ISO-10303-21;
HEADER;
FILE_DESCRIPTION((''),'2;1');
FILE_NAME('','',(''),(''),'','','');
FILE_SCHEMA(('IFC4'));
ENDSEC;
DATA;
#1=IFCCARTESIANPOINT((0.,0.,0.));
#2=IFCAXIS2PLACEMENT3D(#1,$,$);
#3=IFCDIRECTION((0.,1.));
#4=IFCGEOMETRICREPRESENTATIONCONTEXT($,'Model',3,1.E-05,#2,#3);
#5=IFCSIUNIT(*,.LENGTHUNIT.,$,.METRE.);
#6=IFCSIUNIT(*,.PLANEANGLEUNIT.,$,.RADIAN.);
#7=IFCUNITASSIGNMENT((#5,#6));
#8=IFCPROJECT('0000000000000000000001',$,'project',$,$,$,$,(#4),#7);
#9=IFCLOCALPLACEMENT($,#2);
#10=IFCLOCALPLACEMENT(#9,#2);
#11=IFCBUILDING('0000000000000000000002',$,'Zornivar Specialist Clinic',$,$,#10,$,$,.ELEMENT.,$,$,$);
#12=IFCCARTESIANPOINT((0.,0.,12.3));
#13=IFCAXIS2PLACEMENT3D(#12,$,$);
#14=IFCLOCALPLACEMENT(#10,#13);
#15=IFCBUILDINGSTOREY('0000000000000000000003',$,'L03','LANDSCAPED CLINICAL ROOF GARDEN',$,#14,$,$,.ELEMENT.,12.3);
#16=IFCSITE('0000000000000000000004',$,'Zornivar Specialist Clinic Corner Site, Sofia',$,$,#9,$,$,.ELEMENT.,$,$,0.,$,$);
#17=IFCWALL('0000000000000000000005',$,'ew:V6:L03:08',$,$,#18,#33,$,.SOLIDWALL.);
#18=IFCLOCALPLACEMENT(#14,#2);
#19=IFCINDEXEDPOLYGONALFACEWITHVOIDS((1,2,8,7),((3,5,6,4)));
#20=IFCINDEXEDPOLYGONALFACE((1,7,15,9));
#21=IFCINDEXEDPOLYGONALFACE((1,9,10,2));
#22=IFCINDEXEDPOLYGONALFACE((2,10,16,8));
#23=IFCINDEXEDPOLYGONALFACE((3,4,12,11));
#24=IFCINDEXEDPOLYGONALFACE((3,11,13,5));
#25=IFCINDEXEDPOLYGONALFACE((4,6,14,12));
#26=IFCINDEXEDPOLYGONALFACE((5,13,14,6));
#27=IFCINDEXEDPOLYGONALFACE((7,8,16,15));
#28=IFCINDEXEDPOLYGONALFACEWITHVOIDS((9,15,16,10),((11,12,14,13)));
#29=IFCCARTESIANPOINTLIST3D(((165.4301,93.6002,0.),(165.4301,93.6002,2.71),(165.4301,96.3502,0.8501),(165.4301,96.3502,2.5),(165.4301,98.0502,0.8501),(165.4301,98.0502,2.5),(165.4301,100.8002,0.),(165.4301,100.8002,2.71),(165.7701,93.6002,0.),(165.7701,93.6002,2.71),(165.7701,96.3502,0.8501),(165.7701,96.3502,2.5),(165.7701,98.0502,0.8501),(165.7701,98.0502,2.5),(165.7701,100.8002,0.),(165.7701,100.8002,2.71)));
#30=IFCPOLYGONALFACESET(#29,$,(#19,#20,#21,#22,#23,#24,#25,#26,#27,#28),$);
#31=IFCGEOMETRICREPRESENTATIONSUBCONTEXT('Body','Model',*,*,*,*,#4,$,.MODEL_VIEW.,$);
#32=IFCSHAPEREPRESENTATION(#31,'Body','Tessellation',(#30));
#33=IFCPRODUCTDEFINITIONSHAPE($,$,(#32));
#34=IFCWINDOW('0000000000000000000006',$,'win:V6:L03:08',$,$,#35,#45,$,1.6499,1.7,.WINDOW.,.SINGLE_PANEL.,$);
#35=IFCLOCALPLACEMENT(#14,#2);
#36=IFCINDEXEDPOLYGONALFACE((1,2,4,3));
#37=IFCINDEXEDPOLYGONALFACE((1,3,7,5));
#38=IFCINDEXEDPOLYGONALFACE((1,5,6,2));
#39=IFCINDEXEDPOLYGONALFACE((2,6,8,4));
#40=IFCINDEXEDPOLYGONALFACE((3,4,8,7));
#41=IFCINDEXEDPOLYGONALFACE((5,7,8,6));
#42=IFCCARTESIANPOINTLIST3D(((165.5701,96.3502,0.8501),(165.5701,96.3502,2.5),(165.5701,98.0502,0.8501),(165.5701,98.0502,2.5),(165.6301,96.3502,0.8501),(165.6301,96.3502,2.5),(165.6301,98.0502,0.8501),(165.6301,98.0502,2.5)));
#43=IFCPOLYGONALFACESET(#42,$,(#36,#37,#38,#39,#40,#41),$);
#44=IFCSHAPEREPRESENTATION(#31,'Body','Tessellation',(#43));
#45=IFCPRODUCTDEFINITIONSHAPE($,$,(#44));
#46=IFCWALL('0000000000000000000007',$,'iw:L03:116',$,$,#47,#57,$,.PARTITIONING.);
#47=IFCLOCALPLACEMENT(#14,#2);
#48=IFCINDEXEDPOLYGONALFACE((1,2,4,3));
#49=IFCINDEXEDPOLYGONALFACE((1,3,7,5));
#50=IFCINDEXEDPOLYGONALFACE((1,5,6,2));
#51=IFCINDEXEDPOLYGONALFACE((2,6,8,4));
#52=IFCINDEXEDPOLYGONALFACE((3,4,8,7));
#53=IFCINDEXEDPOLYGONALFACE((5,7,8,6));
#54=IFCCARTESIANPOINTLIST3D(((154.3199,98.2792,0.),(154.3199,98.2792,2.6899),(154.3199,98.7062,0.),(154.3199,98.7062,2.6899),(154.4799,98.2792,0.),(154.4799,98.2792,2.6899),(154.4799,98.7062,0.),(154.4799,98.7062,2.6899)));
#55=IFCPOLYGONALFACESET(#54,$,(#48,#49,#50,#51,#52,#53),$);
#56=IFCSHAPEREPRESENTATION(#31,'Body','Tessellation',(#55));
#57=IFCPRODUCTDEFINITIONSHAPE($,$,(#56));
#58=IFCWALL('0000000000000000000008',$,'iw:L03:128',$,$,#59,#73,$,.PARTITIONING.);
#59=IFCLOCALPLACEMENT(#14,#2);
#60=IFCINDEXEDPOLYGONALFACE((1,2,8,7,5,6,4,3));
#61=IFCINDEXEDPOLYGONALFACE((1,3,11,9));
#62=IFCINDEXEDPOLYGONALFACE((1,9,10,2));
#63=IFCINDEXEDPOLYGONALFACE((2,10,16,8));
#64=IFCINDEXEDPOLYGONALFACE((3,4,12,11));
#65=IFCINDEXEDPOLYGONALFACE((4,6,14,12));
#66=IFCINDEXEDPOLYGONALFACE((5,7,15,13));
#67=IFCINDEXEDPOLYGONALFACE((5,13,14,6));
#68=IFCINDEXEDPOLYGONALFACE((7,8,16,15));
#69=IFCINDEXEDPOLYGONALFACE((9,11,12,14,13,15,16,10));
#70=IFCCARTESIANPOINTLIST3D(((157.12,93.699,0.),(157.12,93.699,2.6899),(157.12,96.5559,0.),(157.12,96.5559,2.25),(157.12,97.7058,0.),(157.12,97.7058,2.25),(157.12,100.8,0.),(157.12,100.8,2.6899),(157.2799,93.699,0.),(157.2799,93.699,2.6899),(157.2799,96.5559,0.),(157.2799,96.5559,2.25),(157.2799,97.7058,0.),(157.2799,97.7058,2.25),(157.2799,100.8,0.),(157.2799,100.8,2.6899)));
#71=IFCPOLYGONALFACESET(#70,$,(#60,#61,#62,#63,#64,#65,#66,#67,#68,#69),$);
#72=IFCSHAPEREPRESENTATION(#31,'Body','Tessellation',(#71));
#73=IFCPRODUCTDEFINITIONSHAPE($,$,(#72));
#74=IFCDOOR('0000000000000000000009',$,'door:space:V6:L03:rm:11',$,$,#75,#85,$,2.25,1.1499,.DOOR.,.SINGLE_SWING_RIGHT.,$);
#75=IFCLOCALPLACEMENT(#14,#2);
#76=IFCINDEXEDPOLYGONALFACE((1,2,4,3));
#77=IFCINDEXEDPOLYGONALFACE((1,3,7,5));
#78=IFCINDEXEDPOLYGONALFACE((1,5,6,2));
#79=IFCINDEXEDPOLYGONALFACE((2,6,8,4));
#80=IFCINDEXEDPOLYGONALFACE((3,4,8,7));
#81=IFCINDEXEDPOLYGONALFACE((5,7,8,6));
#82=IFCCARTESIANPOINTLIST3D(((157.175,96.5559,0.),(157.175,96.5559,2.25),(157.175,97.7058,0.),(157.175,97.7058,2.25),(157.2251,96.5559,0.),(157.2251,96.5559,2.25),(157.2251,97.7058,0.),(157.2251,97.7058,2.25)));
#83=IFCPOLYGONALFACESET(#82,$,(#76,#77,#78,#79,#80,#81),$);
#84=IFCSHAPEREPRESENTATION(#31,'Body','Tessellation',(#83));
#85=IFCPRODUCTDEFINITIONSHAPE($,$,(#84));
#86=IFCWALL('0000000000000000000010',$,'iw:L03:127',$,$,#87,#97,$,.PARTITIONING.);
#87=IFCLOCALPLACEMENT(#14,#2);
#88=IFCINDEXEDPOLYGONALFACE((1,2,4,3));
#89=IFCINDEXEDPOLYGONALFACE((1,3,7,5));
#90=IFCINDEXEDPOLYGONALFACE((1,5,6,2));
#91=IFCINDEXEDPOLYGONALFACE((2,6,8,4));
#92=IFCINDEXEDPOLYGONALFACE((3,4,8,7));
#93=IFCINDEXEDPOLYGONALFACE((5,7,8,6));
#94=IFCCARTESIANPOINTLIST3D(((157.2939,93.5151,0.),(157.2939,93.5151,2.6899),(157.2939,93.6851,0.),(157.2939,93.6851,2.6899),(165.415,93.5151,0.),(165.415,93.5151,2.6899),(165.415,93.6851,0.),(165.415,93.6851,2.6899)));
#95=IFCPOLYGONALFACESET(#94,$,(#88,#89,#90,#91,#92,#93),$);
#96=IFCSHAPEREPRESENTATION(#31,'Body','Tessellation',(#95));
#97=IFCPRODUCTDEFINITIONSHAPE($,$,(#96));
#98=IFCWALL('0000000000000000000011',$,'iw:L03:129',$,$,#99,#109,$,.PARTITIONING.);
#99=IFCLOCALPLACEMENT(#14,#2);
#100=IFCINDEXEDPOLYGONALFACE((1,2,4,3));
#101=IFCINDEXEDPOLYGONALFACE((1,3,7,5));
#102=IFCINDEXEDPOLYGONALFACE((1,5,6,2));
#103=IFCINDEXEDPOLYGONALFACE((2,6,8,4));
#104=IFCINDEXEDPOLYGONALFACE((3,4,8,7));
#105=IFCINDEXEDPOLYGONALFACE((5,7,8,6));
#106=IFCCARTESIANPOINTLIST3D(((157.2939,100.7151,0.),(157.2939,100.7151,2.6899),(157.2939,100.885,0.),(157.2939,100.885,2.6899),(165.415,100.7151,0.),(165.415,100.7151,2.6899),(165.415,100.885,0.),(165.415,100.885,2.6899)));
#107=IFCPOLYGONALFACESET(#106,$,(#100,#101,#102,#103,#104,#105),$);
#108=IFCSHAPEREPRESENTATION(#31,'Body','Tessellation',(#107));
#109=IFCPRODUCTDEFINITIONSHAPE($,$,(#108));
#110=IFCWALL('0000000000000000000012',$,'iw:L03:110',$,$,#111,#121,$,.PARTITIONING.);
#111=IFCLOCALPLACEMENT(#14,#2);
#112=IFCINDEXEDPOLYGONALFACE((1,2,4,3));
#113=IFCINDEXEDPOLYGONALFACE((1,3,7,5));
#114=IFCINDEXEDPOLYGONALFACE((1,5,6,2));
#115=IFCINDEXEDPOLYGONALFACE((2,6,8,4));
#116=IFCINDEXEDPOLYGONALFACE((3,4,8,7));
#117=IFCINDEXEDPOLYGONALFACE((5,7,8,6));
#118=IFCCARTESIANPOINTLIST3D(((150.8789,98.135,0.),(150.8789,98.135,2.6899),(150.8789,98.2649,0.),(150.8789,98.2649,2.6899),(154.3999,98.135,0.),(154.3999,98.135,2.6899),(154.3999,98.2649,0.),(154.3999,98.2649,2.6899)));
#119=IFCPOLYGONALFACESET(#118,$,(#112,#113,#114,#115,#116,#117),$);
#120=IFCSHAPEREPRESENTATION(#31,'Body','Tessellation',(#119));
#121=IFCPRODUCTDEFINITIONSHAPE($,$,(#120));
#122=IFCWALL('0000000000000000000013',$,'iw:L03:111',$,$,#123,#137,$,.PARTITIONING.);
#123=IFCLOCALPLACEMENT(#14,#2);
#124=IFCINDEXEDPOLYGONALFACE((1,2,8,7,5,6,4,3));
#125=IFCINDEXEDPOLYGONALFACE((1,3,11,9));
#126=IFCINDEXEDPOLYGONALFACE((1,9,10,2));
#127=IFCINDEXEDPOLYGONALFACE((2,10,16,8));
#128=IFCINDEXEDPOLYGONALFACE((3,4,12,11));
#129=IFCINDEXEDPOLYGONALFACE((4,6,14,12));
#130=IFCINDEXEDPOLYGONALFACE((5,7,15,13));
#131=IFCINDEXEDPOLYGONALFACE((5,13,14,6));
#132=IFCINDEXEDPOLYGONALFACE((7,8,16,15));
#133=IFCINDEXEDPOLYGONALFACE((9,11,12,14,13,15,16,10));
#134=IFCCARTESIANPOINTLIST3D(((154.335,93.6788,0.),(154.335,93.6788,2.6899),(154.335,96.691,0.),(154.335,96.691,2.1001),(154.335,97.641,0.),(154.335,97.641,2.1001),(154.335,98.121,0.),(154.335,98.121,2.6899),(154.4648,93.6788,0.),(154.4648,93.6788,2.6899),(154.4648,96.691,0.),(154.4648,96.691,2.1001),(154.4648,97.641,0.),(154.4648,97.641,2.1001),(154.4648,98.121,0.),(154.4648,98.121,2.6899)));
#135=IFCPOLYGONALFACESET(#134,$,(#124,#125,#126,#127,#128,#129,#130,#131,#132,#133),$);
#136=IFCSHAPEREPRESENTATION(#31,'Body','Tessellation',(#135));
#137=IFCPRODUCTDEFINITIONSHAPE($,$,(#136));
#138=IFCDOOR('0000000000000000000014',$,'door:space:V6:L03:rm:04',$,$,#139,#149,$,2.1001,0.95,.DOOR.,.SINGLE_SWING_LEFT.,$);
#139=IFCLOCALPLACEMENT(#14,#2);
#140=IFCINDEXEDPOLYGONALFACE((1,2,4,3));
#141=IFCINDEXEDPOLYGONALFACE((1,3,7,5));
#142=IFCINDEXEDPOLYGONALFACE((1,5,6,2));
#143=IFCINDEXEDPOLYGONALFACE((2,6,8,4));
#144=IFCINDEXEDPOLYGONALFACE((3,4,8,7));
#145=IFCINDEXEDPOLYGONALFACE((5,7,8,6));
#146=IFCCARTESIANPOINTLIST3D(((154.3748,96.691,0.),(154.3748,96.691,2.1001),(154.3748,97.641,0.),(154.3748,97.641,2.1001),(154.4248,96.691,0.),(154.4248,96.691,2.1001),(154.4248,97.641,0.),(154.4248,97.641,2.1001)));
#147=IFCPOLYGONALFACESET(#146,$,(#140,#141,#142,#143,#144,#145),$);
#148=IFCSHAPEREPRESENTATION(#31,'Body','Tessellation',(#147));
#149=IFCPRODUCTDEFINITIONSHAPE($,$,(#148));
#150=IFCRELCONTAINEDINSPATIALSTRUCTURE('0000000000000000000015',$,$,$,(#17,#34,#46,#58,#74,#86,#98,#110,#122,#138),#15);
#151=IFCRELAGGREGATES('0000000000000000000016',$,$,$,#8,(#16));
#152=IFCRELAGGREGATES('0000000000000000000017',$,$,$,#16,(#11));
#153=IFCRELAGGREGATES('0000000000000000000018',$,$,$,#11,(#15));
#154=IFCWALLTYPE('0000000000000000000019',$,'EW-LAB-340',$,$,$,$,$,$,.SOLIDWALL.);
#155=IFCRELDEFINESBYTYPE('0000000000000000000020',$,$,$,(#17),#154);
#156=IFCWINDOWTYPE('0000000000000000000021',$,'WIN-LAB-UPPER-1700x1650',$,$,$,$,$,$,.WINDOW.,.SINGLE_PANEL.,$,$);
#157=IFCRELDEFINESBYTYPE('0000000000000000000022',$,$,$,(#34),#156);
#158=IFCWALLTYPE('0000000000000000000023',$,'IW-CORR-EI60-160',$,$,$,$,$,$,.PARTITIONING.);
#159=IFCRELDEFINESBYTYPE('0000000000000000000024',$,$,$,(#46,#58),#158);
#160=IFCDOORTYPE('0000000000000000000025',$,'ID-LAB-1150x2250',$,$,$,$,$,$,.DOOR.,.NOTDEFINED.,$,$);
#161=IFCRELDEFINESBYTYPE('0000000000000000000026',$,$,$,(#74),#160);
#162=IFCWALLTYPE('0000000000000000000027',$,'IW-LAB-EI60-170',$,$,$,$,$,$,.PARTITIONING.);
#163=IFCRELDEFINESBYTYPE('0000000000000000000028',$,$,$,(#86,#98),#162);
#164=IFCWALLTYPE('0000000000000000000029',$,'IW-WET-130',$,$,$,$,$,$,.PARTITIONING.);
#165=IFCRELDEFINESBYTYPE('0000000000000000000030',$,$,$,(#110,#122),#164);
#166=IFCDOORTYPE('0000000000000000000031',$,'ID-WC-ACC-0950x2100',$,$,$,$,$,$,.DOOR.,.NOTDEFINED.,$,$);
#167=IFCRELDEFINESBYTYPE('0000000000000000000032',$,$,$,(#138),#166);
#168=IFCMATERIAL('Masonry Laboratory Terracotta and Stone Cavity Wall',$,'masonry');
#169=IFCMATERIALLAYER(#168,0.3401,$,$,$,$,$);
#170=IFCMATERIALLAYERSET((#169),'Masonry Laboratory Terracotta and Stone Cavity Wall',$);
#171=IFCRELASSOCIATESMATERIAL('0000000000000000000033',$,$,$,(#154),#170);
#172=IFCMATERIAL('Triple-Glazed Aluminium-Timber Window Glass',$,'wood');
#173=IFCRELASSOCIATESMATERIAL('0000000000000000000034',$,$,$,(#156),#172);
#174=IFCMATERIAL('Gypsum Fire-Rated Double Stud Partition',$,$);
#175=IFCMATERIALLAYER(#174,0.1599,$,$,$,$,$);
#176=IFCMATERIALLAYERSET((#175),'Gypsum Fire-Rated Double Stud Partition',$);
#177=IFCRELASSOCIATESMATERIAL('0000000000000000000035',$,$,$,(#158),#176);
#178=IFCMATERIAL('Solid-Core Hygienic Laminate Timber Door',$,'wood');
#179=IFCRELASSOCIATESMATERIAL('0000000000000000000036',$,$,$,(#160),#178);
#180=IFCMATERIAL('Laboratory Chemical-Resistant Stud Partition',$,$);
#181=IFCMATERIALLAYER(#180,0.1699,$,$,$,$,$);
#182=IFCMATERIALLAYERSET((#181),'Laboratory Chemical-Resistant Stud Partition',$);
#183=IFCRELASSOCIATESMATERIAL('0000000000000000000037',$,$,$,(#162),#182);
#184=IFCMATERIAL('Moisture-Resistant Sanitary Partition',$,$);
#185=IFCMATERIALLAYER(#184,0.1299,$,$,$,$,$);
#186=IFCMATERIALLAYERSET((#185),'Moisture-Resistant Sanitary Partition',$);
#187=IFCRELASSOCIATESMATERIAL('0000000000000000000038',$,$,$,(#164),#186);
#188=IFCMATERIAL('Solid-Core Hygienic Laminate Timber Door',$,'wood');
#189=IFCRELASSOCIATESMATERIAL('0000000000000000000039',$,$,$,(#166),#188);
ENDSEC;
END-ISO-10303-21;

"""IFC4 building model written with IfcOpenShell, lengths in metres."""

from ifc_helpers import new_model, si_unit, direction, frame, frame_2d, origin, place, context, subcontext, project, spatial, rectangle, extrude, material, layer, layer_set, type_object, element, fill, save


model = new_model("IFC4")

# Units and contexts
model_context = context("Model", 3, precision=1e-05, world=origin(), true_north=direction((0.0, 1.0)))
body_context = subcontext(model_context, "Body", "Model", "MODEL_VIEW")
ifc_project = project(units=[si_unit("LENGTHUNIT", "METRE"), si_unit("PLANEANGLEUNIT", "RADIAN")], contexts=[model_context])

# Site, building, storey
site_placement = place(None, origin())
site = spatial("IfcSite", under=ifc_project, at=site_placement, Name="Zornivar Specialist Clinic Corner Site, Sofia", CompositionType="ELEMENT", RefElevation=0.0)
building_placement = place(site_placement, origin())
building = spatial("IfcBuilding", under=site, at=building_placement, Name="Zornivar Specialist Clinic", CompositionType="ELEMENT")
storey_placement = place(building_placement, frame((0.0, 0.0, 12.3)))
storey = spatial("IfcBuildingStorey", under=building, at=storey_placement, Name="L03", Description="LANDSCAPED CLINICAL ROOF GARDEN", CompositionType="ELEMENT", Elevation=12.3)

# Wall, opening, window
ifc_material_1 = material(Name="Masonry Laboratory Terracotta and Stone Cavity Wall", Category="masonry")
ifc_layer_1 = layer(ifc_material_1, 0.3401)
ifc_layer_set_1 = layer_set([ifc_layer_1], Name="Masonry Laboratory Terracotta and Stone Cavity Wall")
wall_type_1 = type_object("IfcWallType", Name="EW-LAB-340", PredefinedType="SOLIDWALL", material=ifc_layer_set_1)
wall_1_placement = place(storey_placement, frame((165.6001, 93.6001, 0.0), z_axis=(0.0, 0.0, 1.0), x_axis=(0.0, 1.0, 0.0)))
wall_1 = element("IfcWall", 1, at=wall_1_placement, inside=storey, type_object=wall_type_1, Name="ew:V6:L03:08", PredefinedType="SOLIDWALL", context=body_context, shape_type="SweptSolid", body=[
    extrude(rectangle(XDim=7.2, YDim=0.3401, at=frame_2d((3.6001, 0.0))), origin(), (0.0, 0.0, 1.0), 2.71),
])
opening_1_placement = place(wall_1_placement, frame((2.75, 0.0, 0.8501)))
opening_1 = element("IfcOpeningElement", 2, at=opening_1_placement, cuts=wall_1, PredefinedType="OPENING", context=body_context, shape_type="SweptSolid", body=[
    extrude(rectangle(XDim=1.7, YDim=1.6499, at=frame_2d((0.8501, 0.825))), frame((0.0, 0.1799, 0.0), z_axis=(0.0, -1.0, 0.0), x_axis=(1.0, 0.0, 0.0)), (0.0, 0.0, 1.0), 0.3601),
])
ifc_material_2 = material(Name="Triple-Glazed Aluminium-Timber Window Glass", Category="wood")
window_type = type_object("IfcWindowType", Name="WIN-LAB-UPPER-1700x1650", PartitioningType="SINGLE_PANEL", PredefinedType="WINDOW", material=ifc_material_2)
window_placement = place(opening_1_placement, origin())
window = element("IfcWindow", 3, at=window_placement, inside=storey, type_object=window_type, Name="win:V6:L03:08", OverallHeight=1.6499, OverallWidth=1.7, PartitioningType="SINGLE_PANEL", PredefinedType="WINDOW", context=body_context, shape_type="SweptSolid", body=[
    extrude(rectangle(XDim=1.7, YDim=1.6499, at=frame_2d((0.8501, 0.825))), frame((0.0, 0.03, 0.0), z_axis=(0.0, -1.0, 0.0), x_axis=(1.0, 0.0, 0.0)), (0.0, 0.0, 1.0), 0.0601),
])
fill(opening_1, window)

# Wall
ifc_material_3 = material(Name="Gypsum Fire-Rated Double Stud Partition")
ifc_layer_2 = layer(ifc_material_3, 0.1599)
ifc_layer_set_2 = layer_set([ifc_layer_2], Name="Gypsum Fire-Rated Double Stud Partition")
wall_type_2 = type_object("IfcWallType", Name="IW-CORR-EI60-160", PredefinedType="PARTITIONING", material=ifc_layer_set_2)
wall_2_placement = place(storey_placement, frame((154.3999, 98.7061, 0.0), z_axis=(0.0, 0.0, 1.0), x_axis=(0.0, -1.0, 0.0)))
element("IfcWall", 4, at=wall_2_placement, inside=storey, type_object=wall_type_2, Name="iw:L03:116", PredefinedType="PARTITIONING", context=body_context, shape_type="SweptSolid", body=[
    extrude(rectangle(XDim=0.427, YDim=0.1599, at=frame_2d((0.2134, 0.0))), origin(), (0.0, 0.0, 1.0), 2.6899),
])

# Wall, opening, door
wall_3_placement = place(storey_placement, frame((157.2, 93.699, 0.0), z_axis=(0.0, 0.0, 1.0), x_axis=(0.0, 1.0, 0.0)))
wall_3 = element("IfcWall", 5, at=wall_3_placement, inside=storey, type_object=wall_type_2, Name="iw:L03:128", PredefinedType="PARTITIONING", context=body_context, shape_type="SweptSolid", body=[
    extrude(rectangle(XDim=7.1011, YDim=0.1599, at=frame_2d((3.5505, 0.0))), origin(), (0.0, 0.0, 1.0), 2.6899),
])
opening_2_placement = place(wall_3_placement, frame((2.8569, 0.0, 0.0)))
opening_2 = element("IfcOpeningElement", 6, at=opening_2_placement, cuts=wall_3, PredefinedType="OPENING", context=body_context, shape_type="SweptSolid", body=[
    extrude(rectangle(XDim=1.1499, YDim=2.25, at=frame_2d((0.575, 1.125))), frame((0.0, 0.0898, 0.0), z_axis=(0.0, -1.0, 0.0), x_axis=(1.0, 0.0, 0.0)), (0.0, 0.0, 1.0), 0.1799),
])
ifc_material_4 = material(Name="Solid-Core Hygienic Laminate Timber Door", Category="wood")
door_type_1 = type_object("IfcDoorType", Name="ID-LAB-1150x2250", OperationType="NOTDEFINED", PredefinedType="DOOR", material=ifc_material_4)
door_1_placement = place(opening_2_placement, origin())
door_1 = element("IfcDoor", 7, at=door_1_placement, inside=storey, type_object=door_type_1, Name="door:space:V6:L03:rm:11", OperationType="SINGLE_SWING_RIGHT", OverallHeight=2.25, OverallWidth=1.1499, PredefinedType="DOOR", context=body_context, shape_type="SweptSolid", body=[
    extrude(rectangle(XDim=1.1499, YDim=2.25, at=frame_2d((0.575, 1.125))), frame((0.0, 0.0249, 0.0), z_axis=(0.0, -1.0, 0.0), x_axis=(1.0, 0.0, 0.0)), (0.0, 0.0, 1.0), 0.05),
])
fill(opening_2, door_1)

# Walls
ifc_material_5 = material(Name="Laboratory Chemical-Resistant Stud Partition")
ifc_layer_3 = layer(ifc_material_5, 0.1699)
ifc_layer_set_3 = layer_set([ifc_layer_3], Name="Laboratory Chemical-Resistant Stud Partition")
wall_type_3 = type_object("IfcWallType", Name="IW-LAB-EI60-170", PredefinedType="PARTITIONING", material=ifc_layer_set_3)
for number, where, z_axis, x_axis, name in (
    (8, (157.2939, 93.6001, 0.0), (0.0, 0.0, 1.0), (1.0, 0.0, 0.0), "iw:L03:127"),
    (9, (157.2939, 100.8, 0.0), (0.0, 0.0, 1.0), (1.0, 0.0, 0.0), "iw:L03:129"),
):
    element("IfcWall", number, at=place(storey_placement, frame(where, z_axis=z_axis, x_axis=x_axis)), inside=storey, type_object=wall_type_3, Name=name, PredefinedType="PARTITIONING", context=body_context, shape_type="SweptSolid", body=[
        extrude(rectangle(XDim=8.1211, YDim=0.1699, at=frame_2d((4.0605, 0.0))), origin(), (0.0, 0.0, 1.0), 2.6899),
    ])
ifc_material_6 = material(Name="Moisture-Resistant Sanitary Partition")
ifc_layer_4 = layer(ifc_material_6, 0.1299)
ifc_layer_set_4 = layer_set([ifc_layer_4], Name="Moisture-Resistant Sanitary Partition")
wall_type_4 = type_object("IfcWallType", Name="IW-WET-130", PredefinedType="PARTITIONING", material=ifc_layer_set_4)
wall_4_placement = place(storey_placement, frame((150.8789, 98.2, 0.0), z_axis=(0.0, 0.0, 1.0), x_axis=(1.0, 0.0, 0.0)))
element("IfcWall", 10, at=wall_4_placement, inside=storey, type_object=wall_type_4, Name="iw:L03:110", PredefinedType="PARTITIONING", context=body_context, shape_type="SweptSolid", body=[
    extrude(rectangle(XDim=3.521, YDim=0.1299, at=frame_2d((1.7605, 0.0))), origin(), (0.0, 0.0, 1.0), 2.6899),
])

# Wall, opening, door
wall_5_placement = place(storey_placement, frame((154.3999, 98.1211, 0.0), z_axis=(0.0, 0.0, 1.0), x_axis=(0.0, -1.0, 0.0)))
wall_5 = element("IfcWall", 11, at=wall_5_placement, inside=storey, type_object=wall_type_4, Name="iw:L03:111", PredefinedType="PARTITIONING", context=body_context, shape_type="SweptSolid", body=[
    extrude(rectangle(XDim=4.4421, YDim=0.1299, at=frame_2d((2.2212, 0.0))), origin(), (0.0, 0.0, 1.0), 2.6899),
])
opening_3_placement = place(wall_5_placement, frame((0.48, 0.0, 0.0)))
opening_3 = element("IfcOpeningElement", 12, at=opening_3_placement, cuts=wall_5, PredefinedType="OPENING", context=body_context, shape_type="SweptSolid", body=[
    extrude(rectangle(XDim=0.95, YDim=2.1001, at=frame_2d((0.4751, 1.05))), frame((0.0, 0.075, 0.0), z_axis=(0.0, -1.0, 0.0), x_axis=(1.0, 0.0, 0.0)), (0.0, 0.0, 1.0), 0.1499),
])
ifc_material_7 = material(Name="Solid-Core Hygienic Laminate Timber Door", Category="wood")
door_type_2 = type_object("IfcDoorType", Name="ID-WC-ACC-0950x2100", OperationType="NOTDEFINED", PredefinedType="DOOR", material=ifc_material_7)
door_2_placement = place(opening_3_placement, origin())
door_2 = element("IfcDoor", 13, at=door_2_placement, inside=storey, type_object=door_type_2, Name="door:space:V6:L03:rm:04", OperationType="SINGLE_SWING_LEFT", OverallHeight=2.1001, OverallWidth=0.95, PredefinedType="DOOR", context=body_context, shape_type="SweptSolid", body=[
    extrude(rectangle(XDim=0.95, YDim=2.1001, at=frame_2d((0.4751, 1.05))), frame((0.0, 0.0249, 0.0), z_axis=(0.0, -1.0, 0.0), x_axis=(1.0, 0.0, 0.0)), (0.0, 0.0, 1.0), 0.05),
])
fill(opening_3, door_2)

save(model, "model.ifc")
